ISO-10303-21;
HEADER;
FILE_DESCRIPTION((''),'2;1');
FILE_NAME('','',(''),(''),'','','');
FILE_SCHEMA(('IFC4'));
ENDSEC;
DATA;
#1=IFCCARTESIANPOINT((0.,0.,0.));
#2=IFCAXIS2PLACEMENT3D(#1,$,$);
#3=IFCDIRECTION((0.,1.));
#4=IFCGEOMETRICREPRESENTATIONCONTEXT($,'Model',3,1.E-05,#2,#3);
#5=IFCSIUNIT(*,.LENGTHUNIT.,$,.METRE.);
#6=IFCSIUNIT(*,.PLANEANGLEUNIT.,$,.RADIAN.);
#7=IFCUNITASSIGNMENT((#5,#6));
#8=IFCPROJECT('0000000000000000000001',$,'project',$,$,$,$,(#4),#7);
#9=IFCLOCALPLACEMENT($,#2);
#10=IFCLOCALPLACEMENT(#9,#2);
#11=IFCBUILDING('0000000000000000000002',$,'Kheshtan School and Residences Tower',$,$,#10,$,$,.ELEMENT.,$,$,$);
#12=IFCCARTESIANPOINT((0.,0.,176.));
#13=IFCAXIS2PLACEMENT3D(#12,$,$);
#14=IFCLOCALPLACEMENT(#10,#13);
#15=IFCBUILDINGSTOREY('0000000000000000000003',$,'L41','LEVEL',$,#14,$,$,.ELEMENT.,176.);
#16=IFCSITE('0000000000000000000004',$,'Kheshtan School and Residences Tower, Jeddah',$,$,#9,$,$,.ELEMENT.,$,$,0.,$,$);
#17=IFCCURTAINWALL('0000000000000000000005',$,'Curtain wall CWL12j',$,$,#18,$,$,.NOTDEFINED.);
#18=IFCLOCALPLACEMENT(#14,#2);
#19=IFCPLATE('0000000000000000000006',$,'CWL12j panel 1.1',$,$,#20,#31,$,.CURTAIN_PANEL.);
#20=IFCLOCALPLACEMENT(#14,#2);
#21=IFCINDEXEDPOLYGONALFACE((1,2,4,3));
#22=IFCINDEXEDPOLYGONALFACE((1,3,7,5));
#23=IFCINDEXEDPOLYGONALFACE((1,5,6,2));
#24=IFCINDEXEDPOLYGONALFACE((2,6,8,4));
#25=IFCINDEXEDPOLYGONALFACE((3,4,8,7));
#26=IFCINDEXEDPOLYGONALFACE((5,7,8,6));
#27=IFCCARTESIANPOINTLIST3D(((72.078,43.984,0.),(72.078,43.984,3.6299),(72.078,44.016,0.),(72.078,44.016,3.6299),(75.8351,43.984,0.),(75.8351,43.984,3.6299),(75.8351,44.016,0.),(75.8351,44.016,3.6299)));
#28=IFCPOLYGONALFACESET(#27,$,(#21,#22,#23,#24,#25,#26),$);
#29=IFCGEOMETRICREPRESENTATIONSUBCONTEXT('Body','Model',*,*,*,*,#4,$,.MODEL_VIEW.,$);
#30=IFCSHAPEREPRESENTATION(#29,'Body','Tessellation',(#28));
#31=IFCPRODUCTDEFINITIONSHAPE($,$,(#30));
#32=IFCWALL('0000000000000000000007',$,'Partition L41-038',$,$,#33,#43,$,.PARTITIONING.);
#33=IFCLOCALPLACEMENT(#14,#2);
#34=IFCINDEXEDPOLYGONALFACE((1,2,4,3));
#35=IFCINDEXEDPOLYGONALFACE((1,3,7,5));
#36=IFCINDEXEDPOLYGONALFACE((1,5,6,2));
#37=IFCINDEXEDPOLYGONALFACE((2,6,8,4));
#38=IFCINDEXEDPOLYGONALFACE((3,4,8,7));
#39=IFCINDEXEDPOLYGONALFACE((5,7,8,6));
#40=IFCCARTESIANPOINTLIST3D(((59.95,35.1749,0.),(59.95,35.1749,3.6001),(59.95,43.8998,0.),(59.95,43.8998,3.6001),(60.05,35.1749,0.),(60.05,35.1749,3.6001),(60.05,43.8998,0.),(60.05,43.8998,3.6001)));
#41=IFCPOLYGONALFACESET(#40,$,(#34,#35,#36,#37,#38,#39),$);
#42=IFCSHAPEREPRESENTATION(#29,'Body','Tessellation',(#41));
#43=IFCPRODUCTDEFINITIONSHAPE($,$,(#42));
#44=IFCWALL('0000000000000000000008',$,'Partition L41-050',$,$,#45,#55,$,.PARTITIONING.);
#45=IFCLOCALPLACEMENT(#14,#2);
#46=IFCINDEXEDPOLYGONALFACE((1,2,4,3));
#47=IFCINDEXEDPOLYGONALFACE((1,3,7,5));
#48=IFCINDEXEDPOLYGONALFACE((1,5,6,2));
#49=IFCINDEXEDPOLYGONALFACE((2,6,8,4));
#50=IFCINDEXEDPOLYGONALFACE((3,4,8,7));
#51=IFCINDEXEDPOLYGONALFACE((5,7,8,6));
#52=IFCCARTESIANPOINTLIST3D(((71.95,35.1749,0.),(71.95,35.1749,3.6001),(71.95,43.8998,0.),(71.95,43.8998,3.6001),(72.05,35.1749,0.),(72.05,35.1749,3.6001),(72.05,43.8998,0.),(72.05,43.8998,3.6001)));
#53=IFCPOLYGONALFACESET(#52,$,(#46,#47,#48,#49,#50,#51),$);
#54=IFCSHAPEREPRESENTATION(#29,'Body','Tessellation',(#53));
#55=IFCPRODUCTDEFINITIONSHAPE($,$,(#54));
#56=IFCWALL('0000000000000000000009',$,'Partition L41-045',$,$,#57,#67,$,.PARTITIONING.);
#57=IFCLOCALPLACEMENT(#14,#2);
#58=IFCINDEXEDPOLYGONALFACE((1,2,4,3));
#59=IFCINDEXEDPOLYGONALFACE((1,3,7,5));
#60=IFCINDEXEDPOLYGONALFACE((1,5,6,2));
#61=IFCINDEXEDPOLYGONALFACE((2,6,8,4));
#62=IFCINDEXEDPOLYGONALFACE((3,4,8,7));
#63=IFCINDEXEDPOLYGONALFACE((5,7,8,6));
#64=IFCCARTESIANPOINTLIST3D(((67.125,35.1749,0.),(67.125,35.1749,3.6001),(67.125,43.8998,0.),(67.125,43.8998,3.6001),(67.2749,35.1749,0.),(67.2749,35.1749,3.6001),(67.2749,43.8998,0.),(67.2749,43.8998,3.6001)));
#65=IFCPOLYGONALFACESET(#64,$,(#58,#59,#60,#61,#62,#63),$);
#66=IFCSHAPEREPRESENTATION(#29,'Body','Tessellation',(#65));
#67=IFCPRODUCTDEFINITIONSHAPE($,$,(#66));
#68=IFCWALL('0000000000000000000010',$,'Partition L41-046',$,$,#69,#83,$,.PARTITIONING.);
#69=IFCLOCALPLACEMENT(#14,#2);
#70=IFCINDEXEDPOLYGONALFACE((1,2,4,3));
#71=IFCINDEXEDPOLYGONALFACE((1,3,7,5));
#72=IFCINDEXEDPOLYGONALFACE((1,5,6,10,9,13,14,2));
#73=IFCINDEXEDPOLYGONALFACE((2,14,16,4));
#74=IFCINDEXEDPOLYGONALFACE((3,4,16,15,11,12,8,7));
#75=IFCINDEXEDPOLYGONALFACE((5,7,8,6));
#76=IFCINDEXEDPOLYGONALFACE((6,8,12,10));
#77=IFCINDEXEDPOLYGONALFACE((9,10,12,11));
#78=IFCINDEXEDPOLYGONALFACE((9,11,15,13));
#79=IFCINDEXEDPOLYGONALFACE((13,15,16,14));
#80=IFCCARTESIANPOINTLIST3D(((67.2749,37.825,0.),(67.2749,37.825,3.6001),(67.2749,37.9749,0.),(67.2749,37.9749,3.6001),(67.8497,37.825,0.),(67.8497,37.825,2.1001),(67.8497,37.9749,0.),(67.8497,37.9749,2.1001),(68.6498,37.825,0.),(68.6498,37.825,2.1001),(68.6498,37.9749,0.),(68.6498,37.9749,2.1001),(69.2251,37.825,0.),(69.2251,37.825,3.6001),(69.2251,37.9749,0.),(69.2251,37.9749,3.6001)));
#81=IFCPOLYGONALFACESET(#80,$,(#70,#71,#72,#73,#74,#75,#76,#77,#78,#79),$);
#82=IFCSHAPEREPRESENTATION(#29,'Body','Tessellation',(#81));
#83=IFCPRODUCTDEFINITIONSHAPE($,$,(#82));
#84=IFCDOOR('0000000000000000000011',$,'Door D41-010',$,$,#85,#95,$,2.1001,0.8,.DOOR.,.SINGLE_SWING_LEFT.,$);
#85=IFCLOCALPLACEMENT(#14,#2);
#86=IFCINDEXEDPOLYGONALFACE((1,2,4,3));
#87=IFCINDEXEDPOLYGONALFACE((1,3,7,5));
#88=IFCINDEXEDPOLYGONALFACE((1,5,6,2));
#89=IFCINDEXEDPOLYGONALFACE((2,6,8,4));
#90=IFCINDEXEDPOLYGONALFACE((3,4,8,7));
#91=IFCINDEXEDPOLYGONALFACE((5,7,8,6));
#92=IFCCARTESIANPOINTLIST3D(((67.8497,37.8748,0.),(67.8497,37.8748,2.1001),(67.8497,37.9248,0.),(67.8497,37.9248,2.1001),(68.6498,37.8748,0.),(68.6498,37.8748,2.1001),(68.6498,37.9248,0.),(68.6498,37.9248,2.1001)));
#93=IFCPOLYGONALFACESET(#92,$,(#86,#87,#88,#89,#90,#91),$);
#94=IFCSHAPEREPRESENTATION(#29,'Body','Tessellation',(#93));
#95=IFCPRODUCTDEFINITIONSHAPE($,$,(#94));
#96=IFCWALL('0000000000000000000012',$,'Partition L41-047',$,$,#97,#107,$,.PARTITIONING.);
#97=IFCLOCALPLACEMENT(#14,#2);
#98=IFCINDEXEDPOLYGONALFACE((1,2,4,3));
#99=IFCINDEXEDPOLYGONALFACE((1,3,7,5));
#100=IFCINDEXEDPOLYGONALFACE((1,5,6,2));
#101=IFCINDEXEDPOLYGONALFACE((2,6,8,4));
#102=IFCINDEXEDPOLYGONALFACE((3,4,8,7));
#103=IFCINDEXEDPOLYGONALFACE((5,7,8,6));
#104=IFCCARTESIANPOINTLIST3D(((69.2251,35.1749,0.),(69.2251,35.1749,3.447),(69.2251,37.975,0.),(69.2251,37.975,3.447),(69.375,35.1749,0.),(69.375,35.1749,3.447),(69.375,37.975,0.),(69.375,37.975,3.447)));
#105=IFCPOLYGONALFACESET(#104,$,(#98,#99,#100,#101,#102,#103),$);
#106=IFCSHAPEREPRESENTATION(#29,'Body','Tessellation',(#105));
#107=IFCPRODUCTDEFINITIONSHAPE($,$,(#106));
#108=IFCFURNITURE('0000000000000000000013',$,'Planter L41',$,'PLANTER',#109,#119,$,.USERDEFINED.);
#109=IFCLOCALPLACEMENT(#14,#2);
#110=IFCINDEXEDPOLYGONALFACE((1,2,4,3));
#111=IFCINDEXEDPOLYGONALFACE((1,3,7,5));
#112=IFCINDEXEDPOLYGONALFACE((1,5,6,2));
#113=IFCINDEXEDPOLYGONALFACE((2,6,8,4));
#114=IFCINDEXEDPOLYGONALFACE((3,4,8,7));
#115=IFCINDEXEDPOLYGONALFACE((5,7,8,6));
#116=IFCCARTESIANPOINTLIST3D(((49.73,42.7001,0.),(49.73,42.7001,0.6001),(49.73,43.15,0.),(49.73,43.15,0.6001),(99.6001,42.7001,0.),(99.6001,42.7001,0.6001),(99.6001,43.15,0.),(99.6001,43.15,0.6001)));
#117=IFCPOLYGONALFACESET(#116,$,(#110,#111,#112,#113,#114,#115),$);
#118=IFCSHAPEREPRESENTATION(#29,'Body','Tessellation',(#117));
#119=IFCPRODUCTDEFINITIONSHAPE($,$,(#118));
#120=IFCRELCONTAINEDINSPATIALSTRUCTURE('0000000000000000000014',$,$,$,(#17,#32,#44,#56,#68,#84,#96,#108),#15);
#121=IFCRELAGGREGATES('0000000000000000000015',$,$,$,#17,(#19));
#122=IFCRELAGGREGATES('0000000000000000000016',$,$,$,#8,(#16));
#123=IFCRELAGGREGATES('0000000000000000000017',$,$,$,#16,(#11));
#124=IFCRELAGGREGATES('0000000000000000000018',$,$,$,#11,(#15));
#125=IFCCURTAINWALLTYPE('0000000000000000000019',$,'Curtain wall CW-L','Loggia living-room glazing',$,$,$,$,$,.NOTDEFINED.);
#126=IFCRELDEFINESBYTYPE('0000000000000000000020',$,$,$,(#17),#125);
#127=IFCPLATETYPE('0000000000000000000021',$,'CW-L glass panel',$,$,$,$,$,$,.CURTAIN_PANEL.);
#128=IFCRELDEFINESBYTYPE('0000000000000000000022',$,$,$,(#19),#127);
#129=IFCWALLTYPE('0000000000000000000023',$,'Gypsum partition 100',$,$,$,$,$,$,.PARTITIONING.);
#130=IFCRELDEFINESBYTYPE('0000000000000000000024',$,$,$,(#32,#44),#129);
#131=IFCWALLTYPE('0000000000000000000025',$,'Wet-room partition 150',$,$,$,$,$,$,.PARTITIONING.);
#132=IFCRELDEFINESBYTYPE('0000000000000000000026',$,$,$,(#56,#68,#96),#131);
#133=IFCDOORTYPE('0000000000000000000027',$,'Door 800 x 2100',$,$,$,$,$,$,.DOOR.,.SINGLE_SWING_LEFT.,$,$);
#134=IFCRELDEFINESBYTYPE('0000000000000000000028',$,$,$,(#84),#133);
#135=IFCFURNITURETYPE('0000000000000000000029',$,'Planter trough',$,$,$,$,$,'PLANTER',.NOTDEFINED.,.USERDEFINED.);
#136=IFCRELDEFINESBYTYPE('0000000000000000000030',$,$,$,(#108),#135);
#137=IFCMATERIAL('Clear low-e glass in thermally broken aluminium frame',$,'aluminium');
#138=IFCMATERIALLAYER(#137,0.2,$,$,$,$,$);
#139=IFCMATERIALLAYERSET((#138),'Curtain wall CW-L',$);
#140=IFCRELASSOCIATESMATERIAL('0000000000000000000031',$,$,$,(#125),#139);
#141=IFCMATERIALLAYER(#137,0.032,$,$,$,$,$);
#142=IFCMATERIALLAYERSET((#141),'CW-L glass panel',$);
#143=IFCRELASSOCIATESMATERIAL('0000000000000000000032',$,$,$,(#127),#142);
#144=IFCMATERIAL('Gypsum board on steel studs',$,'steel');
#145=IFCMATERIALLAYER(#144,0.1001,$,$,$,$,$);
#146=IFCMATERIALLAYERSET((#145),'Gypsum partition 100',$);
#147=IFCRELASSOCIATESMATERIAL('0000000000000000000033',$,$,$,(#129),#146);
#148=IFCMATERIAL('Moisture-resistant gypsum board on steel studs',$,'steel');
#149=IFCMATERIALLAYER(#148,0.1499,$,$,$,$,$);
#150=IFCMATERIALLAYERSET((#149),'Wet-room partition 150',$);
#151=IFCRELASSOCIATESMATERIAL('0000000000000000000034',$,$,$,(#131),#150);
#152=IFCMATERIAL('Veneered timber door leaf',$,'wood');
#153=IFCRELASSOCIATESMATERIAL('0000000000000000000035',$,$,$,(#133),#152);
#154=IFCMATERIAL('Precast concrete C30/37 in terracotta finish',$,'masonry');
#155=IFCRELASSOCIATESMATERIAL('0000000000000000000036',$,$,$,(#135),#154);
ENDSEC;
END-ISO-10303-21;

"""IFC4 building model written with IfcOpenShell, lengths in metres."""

from ifc_helpers import new_model, si_unit, direction, frame, frame_2d, origin, origin_2d, place, context, subcontext, project, spatial, rectangle, extrude, source, transform, mapped, material, layer, layer_set, type_object, element, fill, aggregate, save


model = new_model("IFC4")

# Units and contexts
model_context = context("Model", 3, precision=1e-05, world=origin(), true_north=direction((0.0, 1.0)))
body_context = subcontext(model_context, "Body", "Model", "MODEL_VIEW")
ifc_project = project(units=[si_unit("LENGTHUNIT", "METRE"), si_unit("PLANEANGLEUNIT", "RADIAN")], contexts=[model_context])

# Site, building, storey
site_placement = place(None, origin())
site = spatial("IfcSite", under=ifc_project, at=site_placement, Name="Kheshtan School and Residences Tower, Jeddah", CompositionType="ELEMENT", RefElevation=0.0)
building_placement = place(site_placement, origin())
building = spatial("IfcBuilding", under=site, at=building_placement, Name="Kheshtan School and Residences Tower", CompositionType="ELEMENT")
storey_placement = place(building_placement, frame((0.0, 0.0, 176.0)))
storey = spatial("IfcBuildingStorey", under=building, at=storey_placement, Name="L41", Description="LEVEL", CompositionType="ELEMENT", Elevation=176.0)

# Shared definitions
ifc_material_1 = material(Name="Clear low-e glass in thermally broken aluminium frame", Category="aluminium")
ifc_layer_1 = layer(ifc_material_1, 0.2)
ifc_layer_set_1 = layer_set([ifc_layer_1], Name="Curtain wall CW-L")
curtain_wall_type = type_object("IfcCurtainWallType", Name="Curtain wall CW-L", Description="Loggia living-room glazing", PredefinedType="NOTDEFINED", material=ifc_layer_set_1)

# Curtain wall
curtain_wall_1_placement = place(storey_placement, origin())
curtain_wall_1 = element("IfcCurtainWall", 1, at=curtain_wall_1_placement, inside=storey, type_object=curtain_wall_type, Name="Curtain wall CWL12j", PredefinedType="NOTDEFINED")

# Plate
ifc_layer_2 = layer(ifc_material_1, 0.032)
ifc_layer_set_2 = layer_set([ifc_layer_2], Name="CW-L glass panel")
plate_type = type_object("IfcPlateType", Name="CW-L glass panel", PredefinedType="CURTAIN_PANEL", material=ifc_layer_set_2)
plate_1_placement = place(storey_placement, frame((73.9565, 44.0, 0.0), z_axis=(0.0, 0.0, 1.0), x_axis=(1.0, 0.0, 0.0)))
plate_1 = element("IfcPlate", 2, at=plate_1_placement, type_object=plate_type, Name="CWL12j panel 1.1", PredefinedType="CURTAIN_PANEL", context=body_context, shape_type="SweptSolid", body=[
    extrude(rectangle(XDim=3.7571, YDim=0.032, at=origin_2d()), origin(), (0.0, 0.0, 1.0), 3.6299),
])
aggregate(curtain_wall_1, [plate_1])

# Walls
ifc_material_2 = material(Name="Gypsum board on steel studs", Category="steel")
ifc_layer_3 = layer(ifc_material_2, 0.1001)
ifc_layer_set_3 = layer_set([ifc_layer_3], Name="Gypsum partition 100")
wall_type_1 = type_object("IfcWallType", Name="Gypsum partition 100", PredefinedType="PARTITIONING", material=ifc_layer_set_3)
for number, where, z_axis, x_axis, name in (
    (3, (60.0, 35.175, 0.0), (0.0, 0.0, 1.0), (0.0, 1.0, 0.0), "Partition L41-038"),
    (4, (72.0, 35.175, 0.0), (0.0, 0.0, 1.0), (0.0, 1.0, 0.0), "Partition L41-050"),
):
    element("IfcWall", number, at=place(storey_placement, frame(where, z_axis=z_axis, x_axis=x_axis)), inside=storey, type_object=wall_type_1, Name=name, PredefinedType="PARTITIONING", context=body_context, shape_type="SweptSolid", body=[
        extrude(rectangle(XDim=8.7249, YDim=0.1001, at=frame_2d((4.3623, 0.0))), origin(), (0.0, 0.0, 1.0), 3.6001),
    ])
ifc_material_3 = material(Name="Moisture-resistant gypsum board on steel studs", Category="steel")
ifc_layer_4 = layer(ifc_material_3, 0.1499)
ifc_layer_set_4 = layer_set([ifc_layer_4], Name="Wet-room partition 150")
wall_type_2 = type_object("IfcWallType", Name="Wet-room partition 150", PredefinedType="PARTITIONING", material=ifc_layer_set_4)
wall_1_placement = place(storey_placement, frame((67.2, 35.175, 0.0), z_axis=(0.0, 0.0, 1.0), x_axis=(0.0, 1.0, 0.0)))
element("IfcWall", 5, at=wall_1_placement, inside=storey, type_object=wall_type_2, Name="Partition L41-045", PredefinedType="PARTITIONING", context=body_context, shape_type="SweptSolid", body=[
    extrude(rectangle(XDim=8.7249, YDim=0.1499, at=frame_2d((4.3623, 0.0))), origin(), (0.0, 0.0, 1.0), 3.6001),
])

# Wall, opening, door
wall_2_placement = place(storey_placement, frame((67.2749, 37.8999, 0.0), z_axis=(0.0, 0.0, 1.0), x_axis=(1.0, 0.0, 0.0)))
wall_2 = element("IfcWall", 6, at=wall_2_placement, inside=storey, type_object=wall_type_2, Name="Partition L41-046", PredefinedType="PARTITIONING", context=body_context, shape_type="SweptSolid", body=[
    extrude(rectangle(XDim=1.9502, YDim=0.1499, at=frame_2d((0.9751, 0.0))), origin(), (0.0, 0.0, 1.0), 3.6001),
])
opening_1_placement = place(wall_2_placement, frame((0.575, 0.0, 0.0)))
opening_1 = element("IfcOpeningElement", 7, at=opening_1_placement, cuts=wall_2, PredefinedType="OPENING", context=body_context, shape_type="SweptSolid", body=[
    extrude(rectangle(XDim=0.8, YDim=2.1001, at=frame_2d((0.3999, 1.05))), frame((0.0, 0.085, 0.0), z_axis=(0.0, -1.0, 0.0), x_axis=(1.0, 0.0, 0.0)), (0.0, 0.0, 1.0), 0.1699),
])
ifc_material_4 = material(Name="Veneered timber door leaf", Category="wood")
door_type_1 = type_object("IfcDoorType", Name="Door 800 x 2100", OperationType="SINGLE_SWING_LEFT", PredefinedType="DOOR", material=ifc_material_4)
shared_shape_1 = source(origin(), body_context, "Body", "SweptSolid", [
    extrude(rectangle(XDim=0.8, YDim=2.1001, at=frame_2d((0.3999, 1.05))), frame((0.0, 0.0249, 0.0), z_axis=(0.0, -1.0, 0.0), x_axis=(1.0, 0.0, 0.0)), (0.0, 0.0, 1.0), 0.05),
])
door_1_placement = place(opening_1_placement, origin())
door_1 = element("IfcDoor", 8, at=door_1_placement, inside=storey, type_object=door_type_1, Name="Door D41-010", OperationType="SINGLE_SWING_LEFT", OverallHeight=2.1001, OverallWidth=0.8, PredefinedType="DOOR", context=body_context, shape_type="MappedRepresentation", body=[
    mapped(shared_shape_1, transform((0.0, 0.0, 0.0), x_axis=(1.0, 0.0, 0.0), y_axis=(0.0, 1.0, 0.0), z_axis=(0.0, 0.0, 1.0), scale=1.0)),
])
fill(opening_1, door_1)

# Wall
wall_3_placement = place(storey_placement, frame((69.3, 35.175, 0.0), z_axis=(0.0, 0.0, 1.0), x_axis=(0.0, 1.0, 0.0)))
element("IfcWall", 9, at=wall_3_placement, inside=storey, type_object=wall_type_2, Name="Partition L41-047", PredefinedType="PARTITIONING", context=body_context, shape_type="SweptSolid", body=[
    extrude(rectangle(XDim=2.8, YDim=0.1499, at=frame_2d((1.3999, 0.0))), origin(), (0.0, 0.0, 1.0), 3.447),
])

# Furniture
ifc_material_5 = material(Name="Precast concrete C30/37 in terracotta finish", Category="masonry")
furniture_type = type_object("IfcFurnitureType", Name="Planter trough", ElementType="PLANTER", AssemblyPlace="NOTDEFINED", PredefinedType="USERDEFINED", material=ifc_material_5)
furniture_placement = place(storey_placement, frame((74.665, 42.925, 0.0), z_axis=(0.0, 0.0, 1.0), x_axis=(1.0, 0.0, 0.0)))
element("IfcFurniture", 10, at=furniture_placement, inside=storey, type_object=furniture_type, Name="Planter L41", ObjectType="PLANTER", PredefinedType="USERDEFINED", context=body_context, shape_type="SweptSolid", body=[
    extrude(rectangle(XDim=49.8701, YDim=0.45, at=origin_2d()), origin(), (0.0, 0.0, 1.0), 0.6001),
])

save(model, "model.ifc")
